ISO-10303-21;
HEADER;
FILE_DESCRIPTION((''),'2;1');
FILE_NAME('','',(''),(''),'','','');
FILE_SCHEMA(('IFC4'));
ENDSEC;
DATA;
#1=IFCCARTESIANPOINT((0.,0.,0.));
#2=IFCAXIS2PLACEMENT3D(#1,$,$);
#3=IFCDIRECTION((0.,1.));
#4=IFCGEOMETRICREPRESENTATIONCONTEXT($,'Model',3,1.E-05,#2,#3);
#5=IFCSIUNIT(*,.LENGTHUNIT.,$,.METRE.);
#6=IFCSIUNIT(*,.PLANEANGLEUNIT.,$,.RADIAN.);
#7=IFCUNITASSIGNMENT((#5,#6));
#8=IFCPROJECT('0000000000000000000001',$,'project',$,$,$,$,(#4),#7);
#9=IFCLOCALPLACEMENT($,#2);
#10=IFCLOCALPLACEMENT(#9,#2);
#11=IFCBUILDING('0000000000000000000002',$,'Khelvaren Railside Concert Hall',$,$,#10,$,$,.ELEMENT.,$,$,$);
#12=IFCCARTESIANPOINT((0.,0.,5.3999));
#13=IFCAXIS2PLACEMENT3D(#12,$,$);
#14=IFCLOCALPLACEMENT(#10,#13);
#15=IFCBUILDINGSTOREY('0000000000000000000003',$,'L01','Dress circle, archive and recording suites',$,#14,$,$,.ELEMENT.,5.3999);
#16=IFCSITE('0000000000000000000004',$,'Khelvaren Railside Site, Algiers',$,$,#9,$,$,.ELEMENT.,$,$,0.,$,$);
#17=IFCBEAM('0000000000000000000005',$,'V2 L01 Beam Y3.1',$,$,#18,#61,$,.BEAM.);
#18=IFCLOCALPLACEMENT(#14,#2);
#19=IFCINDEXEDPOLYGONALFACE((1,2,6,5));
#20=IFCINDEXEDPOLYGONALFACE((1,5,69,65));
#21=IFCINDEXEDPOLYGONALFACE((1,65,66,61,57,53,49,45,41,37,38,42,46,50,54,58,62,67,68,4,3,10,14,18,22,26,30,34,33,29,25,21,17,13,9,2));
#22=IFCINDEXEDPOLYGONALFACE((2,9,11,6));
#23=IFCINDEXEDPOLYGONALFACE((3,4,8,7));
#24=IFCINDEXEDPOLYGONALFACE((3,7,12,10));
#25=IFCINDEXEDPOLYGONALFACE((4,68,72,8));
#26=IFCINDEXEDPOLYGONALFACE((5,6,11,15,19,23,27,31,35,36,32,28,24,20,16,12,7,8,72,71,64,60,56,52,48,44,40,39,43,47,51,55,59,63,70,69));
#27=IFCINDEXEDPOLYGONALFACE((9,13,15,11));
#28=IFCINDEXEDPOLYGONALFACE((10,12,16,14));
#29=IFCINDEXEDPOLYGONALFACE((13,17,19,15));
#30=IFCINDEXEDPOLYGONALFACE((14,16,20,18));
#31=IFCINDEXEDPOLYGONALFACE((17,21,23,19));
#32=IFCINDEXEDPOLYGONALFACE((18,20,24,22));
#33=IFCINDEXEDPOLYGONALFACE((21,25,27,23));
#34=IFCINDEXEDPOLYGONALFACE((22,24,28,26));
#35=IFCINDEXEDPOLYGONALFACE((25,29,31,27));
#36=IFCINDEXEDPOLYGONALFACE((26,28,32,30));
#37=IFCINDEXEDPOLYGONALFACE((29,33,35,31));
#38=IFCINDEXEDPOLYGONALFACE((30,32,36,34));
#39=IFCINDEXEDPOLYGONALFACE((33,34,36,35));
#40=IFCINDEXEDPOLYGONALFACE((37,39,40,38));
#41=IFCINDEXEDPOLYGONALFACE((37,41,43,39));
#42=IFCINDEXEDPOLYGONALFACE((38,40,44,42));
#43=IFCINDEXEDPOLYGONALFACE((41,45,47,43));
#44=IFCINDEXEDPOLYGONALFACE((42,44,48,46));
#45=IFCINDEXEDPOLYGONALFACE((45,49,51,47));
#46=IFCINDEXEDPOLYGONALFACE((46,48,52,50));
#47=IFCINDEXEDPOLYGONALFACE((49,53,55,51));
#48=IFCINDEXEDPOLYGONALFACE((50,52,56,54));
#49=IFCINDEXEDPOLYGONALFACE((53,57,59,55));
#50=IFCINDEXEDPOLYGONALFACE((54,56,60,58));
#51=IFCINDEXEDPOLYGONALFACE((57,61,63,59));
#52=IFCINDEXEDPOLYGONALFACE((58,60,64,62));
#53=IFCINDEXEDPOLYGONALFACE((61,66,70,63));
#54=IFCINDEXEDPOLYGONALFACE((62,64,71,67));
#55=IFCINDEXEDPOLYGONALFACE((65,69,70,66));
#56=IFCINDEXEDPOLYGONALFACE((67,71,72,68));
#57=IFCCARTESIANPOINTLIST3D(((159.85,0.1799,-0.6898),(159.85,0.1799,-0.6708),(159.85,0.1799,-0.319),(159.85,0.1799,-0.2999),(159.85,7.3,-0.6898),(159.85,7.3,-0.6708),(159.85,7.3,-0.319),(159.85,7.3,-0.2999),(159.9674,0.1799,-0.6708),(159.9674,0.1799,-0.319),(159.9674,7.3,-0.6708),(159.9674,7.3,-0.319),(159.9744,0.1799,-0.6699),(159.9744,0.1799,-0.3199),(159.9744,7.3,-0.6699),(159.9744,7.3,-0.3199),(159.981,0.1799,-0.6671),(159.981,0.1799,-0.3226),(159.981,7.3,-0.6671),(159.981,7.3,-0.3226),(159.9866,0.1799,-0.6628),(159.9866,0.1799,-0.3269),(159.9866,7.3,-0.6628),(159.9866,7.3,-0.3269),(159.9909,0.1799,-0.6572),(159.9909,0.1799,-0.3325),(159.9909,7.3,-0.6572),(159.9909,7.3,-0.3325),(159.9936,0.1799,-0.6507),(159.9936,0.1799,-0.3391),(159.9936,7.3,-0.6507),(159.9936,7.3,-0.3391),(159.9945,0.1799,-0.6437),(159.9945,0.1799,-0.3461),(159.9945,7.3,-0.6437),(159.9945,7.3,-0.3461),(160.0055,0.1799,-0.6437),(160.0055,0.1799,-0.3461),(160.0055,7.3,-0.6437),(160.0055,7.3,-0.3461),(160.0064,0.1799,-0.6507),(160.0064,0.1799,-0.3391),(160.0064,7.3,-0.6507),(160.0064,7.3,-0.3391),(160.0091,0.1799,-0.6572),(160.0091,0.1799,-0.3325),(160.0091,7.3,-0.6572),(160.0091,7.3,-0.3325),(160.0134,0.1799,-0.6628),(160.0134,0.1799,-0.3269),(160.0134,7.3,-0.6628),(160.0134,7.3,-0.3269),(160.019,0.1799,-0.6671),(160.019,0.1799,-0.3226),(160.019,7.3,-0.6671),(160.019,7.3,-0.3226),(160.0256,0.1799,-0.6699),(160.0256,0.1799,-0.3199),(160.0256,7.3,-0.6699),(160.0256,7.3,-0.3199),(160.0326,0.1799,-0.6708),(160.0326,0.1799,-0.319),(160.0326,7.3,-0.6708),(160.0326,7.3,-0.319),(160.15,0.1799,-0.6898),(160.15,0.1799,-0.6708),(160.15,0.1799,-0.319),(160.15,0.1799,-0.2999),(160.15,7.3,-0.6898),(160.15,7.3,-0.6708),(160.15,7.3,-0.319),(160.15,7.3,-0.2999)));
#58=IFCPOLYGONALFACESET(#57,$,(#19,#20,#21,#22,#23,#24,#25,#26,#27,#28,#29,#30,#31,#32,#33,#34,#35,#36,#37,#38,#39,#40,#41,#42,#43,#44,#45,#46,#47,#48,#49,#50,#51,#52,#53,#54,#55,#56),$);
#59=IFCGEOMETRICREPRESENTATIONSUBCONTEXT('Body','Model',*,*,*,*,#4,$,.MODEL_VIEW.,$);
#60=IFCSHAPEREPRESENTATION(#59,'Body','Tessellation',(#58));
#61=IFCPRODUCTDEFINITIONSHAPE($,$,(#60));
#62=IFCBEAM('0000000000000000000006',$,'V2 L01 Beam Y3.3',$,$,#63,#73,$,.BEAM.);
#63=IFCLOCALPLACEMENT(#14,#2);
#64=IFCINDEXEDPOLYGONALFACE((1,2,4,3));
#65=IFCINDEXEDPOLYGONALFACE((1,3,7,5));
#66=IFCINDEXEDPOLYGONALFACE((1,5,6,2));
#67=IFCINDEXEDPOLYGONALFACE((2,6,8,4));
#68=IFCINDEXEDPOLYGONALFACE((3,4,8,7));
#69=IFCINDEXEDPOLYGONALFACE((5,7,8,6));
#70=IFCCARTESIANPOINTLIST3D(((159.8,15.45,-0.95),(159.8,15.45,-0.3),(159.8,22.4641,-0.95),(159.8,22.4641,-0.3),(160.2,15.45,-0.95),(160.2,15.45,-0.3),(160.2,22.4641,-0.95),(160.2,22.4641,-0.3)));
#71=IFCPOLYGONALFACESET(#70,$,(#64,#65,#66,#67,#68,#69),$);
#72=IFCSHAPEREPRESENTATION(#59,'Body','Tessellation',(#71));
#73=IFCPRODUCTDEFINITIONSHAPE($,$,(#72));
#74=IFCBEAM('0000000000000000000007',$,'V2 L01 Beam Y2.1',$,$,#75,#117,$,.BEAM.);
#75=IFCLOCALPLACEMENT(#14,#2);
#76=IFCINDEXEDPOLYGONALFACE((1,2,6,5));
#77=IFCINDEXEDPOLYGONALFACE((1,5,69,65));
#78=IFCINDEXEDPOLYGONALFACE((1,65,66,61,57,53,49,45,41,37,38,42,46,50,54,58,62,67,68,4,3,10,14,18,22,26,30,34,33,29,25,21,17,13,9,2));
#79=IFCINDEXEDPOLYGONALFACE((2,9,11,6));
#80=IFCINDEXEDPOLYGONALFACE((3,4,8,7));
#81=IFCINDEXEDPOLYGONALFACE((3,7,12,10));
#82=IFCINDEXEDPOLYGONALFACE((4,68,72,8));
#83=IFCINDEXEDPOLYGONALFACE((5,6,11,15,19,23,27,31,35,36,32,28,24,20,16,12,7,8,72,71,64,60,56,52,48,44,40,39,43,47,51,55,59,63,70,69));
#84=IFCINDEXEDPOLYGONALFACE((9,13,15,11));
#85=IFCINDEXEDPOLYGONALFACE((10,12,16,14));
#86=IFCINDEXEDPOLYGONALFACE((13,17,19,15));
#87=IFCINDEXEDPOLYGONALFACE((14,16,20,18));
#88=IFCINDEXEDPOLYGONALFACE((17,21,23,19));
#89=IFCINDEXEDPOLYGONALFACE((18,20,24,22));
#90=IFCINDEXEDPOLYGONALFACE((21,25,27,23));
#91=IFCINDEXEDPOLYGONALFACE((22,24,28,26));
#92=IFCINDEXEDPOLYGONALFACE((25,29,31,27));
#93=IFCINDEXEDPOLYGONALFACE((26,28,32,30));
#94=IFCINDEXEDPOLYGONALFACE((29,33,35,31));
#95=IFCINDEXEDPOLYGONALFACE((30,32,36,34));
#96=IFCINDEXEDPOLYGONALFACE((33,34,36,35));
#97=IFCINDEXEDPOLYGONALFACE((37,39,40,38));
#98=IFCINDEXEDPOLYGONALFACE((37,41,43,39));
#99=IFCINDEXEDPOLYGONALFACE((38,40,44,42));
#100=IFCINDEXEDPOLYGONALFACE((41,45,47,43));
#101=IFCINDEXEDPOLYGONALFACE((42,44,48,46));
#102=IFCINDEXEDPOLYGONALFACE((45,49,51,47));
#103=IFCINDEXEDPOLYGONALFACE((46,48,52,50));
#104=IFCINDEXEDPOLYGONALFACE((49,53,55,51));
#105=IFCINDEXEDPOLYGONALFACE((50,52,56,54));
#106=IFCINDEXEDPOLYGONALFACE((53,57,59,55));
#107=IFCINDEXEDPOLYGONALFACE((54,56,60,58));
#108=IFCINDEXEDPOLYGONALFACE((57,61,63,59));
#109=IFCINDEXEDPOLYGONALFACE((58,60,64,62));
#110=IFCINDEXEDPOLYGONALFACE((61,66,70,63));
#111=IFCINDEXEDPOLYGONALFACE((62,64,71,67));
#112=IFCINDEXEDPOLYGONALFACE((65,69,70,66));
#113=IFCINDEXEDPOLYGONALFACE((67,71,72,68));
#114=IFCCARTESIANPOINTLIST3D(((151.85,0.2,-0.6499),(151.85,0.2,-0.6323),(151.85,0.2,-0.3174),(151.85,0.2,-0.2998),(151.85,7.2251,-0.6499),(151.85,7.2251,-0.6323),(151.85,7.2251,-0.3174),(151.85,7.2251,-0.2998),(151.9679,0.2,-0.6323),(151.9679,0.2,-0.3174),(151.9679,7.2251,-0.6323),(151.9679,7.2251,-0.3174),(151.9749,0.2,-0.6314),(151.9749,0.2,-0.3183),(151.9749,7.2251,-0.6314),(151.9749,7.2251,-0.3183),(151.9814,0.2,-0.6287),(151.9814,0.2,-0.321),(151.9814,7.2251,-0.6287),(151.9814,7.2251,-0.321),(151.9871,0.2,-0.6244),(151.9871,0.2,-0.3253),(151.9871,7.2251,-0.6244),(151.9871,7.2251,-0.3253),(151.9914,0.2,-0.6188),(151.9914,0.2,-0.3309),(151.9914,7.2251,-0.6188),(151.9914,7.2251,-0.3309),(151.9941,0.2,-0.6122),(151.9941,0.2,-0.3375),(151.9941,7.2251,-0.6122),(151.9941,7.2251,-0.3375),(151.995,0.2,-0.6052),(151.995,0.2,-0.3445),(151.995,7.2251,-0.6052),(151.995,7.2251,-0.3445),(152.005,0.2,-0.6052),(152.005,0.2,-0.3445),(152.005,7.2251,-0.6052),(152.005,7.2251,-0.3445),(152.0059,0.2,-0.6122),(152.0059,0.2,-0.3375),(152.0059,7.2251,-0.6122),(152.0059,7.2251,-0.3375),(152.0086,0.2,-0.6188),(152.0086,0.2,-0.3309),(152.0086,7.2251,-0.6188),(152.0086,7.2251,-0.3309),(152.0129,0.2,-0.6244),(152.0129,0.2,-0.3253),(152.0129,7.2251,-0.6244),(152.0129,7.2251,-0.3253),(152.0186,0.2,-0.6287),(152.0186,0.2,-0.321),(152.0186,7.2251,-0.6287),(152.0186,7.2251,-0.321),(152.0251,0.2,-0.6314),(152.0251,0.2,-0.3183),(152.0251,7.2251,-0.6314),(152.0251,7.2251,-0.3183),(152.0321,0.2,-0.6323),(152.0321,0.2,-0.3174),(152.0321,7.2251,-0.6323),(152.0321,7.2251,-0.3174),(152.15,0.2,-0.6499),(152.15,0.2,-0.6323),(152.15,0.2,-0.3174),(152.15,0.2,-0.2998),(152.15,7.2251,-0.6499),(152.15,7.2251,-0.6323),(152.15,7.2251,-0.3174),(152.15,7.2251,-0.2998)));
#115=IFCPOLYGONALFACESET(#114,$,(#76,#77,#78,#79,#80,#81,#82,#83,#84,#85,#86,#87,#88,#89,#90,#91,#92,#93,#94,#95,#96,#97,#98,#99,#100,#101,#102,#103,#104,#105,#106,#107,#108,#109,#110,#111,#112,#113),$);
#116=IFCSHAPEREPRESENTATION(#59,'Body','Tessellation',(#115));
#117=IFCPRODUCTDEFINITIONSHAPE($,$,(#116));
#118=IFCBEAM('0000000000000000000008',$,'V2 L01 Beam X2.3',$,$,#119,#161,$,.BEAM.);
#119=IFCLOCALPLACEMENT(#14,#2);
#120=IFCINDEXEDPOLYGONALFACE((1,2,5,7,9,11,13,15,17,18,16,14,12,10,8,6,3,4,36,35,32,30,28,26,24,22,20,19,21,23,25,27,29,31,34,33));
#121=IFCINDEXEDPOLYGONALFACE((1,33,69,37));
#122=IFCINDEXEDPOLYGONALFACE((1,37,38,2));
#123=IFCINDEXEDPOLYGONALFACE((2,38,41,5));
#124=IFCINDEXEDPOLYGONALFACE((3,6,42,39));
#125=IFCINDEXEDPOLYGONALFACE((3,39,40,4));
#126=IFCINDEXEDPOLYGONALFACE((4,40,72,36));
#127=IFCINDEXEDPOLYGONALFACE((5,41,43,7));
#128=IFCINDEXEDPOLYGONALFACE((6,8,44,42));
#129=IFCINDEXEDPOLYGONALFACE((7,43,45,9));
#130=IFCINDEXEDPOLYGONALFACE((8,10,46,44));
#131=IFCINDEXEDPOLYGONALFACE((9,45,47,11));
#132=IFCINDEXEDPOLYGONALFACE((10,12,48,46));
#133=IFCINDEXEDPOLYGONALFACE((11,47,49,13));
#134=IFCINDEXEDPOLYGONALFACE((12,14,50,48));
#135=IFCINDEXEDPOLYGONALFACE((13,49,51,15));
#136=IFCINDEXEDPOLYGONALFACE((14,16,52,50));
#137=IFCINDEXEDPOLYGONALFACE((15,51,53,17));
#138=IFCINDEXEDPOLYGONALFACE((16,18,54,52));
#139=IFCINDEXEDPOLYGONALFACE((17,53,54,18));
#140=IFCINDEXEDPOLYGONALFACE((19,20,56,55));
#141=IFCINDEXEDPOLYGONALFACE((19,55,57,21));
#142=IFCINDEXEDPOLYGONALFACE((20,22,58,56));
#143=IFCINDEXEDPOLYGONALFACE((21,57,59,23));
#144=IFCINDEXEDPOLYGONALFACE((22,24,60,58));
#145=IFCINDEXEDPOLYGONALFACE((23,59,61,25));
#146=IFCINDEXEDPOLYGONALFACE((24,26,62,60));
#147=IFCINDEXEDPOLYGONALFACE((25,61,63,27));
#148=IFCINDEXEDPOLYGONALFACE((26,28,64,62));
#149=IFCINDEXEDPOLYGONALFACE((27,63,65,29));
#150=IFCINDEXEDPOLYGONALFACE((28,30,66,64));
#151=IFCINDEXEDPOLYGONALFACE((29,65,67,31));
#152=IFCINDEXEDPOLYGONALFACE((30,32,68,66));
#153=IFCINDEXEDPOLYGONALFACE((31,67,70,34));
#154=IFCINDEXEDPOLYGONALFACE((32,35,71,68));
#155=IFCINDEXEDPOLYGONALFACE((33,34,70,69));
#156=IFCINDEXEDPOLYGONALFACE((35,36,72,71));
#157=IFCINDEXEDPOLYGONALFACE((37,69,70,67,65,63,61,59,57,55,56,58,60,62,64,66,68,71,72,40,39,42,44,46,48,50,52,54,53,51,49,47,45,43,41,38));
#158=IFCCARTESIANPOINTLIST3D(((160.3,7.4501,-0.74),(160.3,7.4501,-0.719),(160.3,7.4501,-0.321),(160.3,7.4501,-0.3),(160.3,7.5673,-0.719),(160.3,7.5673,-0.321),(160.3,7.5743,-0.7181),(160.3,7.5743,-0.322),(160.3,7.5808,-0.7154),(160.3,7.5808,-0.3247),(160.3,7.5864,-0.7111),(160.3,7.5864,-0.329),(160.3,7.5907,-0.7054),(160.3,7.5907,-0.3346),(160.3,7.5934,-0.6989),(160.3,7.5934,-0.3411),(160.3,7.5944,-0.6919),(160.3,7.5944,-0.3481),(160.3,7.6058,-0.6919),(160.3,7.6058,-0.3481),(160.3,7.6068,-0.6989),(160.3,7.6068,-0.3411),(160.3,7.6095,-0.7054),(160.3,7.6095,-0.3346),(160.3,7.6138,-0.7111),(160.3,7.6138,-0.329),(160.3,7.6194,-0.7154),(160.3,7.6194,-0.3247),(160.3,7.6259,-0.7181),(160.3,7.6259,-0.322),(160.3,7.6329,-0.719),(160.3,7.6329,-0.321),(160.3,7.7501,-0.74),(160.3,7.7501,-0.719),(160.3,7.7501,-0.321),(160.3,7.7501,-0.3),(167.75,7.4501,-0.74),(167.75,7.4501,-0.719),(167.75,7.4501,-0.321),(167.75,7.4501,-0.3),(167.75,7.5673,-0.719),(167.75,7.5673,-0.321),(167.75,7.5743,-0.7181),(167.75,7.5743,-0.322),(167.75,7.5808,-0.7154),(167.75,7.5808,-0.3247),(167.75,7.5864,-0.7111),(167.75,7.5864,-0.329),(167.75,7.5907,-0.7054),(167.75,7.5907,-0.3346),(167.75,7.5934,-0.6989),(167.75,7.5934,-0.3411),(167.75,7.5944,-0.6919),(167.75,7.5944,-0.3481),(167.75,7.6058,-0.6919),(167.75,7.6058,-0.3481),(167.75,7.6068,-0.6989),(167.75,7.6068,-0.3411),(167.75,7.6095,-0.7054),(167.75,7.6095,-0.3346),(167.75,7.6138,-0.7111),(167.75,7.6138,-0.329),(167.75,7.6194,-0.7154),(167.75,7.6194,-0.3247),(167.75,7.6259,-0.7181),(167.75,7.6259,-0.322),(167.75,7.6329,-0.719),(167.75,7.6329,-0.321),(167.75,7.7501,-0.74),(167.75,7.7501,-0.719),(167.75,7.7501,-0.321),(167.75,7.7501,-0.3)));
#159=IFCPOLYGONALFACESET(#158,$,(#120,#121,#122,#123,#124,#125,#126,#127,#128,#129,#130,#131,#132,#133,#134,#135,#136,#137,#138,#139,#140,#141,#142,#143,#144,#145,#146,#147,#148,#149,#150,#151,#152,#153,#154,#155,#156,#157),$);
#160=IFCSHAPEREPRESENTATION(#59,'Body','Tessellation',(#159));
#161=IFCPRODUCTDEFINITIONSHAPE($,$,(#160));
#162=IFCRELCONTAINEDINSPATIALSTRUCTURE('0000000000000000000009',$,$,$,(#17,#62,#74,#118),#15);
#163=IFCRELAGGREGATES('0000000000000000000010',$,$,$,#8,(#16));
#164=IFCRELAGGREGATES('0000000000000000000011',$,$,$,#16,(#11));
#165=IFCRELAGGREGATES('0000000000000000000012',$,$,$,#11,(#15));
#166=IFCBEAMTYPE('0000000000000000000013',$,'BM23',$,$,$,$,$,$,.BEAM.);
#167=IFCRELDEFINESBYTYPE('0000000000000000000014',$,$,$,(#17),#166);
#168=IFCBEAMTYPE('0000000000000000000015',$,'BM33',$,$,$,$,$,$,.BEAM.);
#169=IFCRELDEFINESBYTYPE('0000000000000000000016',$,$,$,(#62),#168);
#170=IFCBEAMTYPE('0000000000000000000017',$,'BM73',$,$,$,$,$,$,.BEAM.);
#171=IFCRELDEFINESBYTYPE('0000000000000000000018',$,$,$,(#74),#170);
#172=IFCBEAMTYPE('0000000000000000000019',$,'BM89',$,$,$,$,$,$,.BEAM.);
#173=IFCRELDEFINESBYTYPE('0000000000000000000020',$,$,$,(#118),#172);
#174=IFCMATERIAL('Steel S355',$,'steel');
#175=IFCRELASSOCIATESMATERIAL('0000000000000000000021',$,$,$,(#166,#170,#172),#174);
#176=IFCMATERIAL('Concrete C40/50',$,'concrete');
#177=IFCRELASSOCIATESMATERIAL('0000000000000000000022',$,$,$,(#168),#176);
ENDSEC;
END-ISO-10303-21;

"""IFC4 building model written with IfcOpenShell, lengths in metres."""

from ifc_helpers import new_model, si_unit, direction, frame, origin, origin_2d, place, context, subcontext, project, spatial, rectangle, i_section, extrude, material, material_profile, profile_set, type_object, element, save


model = new_model("IFC4")

# Units and contexts
model_context = context("Model", 3, precision=1e-05, world=origin(), true_north=direction((0.0, 1.0)))
body_context = subcontext(model_context, "Body", "Model", "MODEL_VIEW")
ifc_project = project(units=[si_unit("LENGTHUNIT", "METRE"), si_unit("PLANEANGLEUNIT", "RADIAN")], contexts=[model_context])

# Site, building, storey
site_placement = place(None, origin())
site = spatial("IfcSite", under=ifc_project, at=site_placement, Name="Khelvaren Railside Site, Algiers", CompositionType="ELEMENT", RefElevation=0.0)
building_placement = place(site_placement, origin())
building = spatial("IfcBuilding", under=site, at=building_placement, Name="Khelvaren Railside Concert Hall", CompositionType="ELEMENT")
storey_placement = place(building_placement, frame((0.0, 0.0, 5.3999)))
storey = spatial("IfcBuildingStorey", under=building, at=storey_placement, Name="L01", Description="Dress circle, archive and recording suites", CompositionType="ELEMENT", Elevation=5.3999)

# Beams
ifc_material_1 = material(Name="Steel S355", Category="steel")
ifc_material_profile_1 = material_profile(ifc_material_1, i_section(OverallWidth=0.3, OverallDepth=0.3899, WebThickness=0.011, FlangeThickness=0.019, FilletRadius=0.0271, at=origin_2d()), Name="HEA 400")
ifc_profile_set_1 = profile_set([ifc_material_profile_1], Name="Steel S355")
beam_type_1 = type_object("IfcBeamType", Name="BM23", PredefinedType="BEAM", material=ifc_profile_set_1)
beam_1_placement = place(storey_placement, frame((160.0, 0.1799, -0.4949), z_axis=(0.0, 1.0, 0.0), x_axis=(-1.0, 0.0, 0.0)))
element("IfcBeam", 1, at=beam_1_placement, inside=storey, type_object=beam_type_1, Name="V2 L01 Beam Y3.1", PredefinedType="BEAM", context=body_context, shape_type="SweptSolid", body=[
    extrude(i_section(OverallWidth=0.3, OverallDepth=0.3899, WebThickness=0.011, FlangeThickness=0.019, FilletRadius=0.0271, at=origin_2d()), origin(), (0.0, 0.0, 1.0), 7.1201),
])
ifc_material_2 = material(Name="Concrete C40/50", Category="concrete")
ifc_material_profile_2 = material_profile(ifc_material_2, rectangle(XDim=0.3999, YDim=0.6499, at=origin_2d()), Name="RCB 400x650")
ifc_profile_set_2 = profile_set([ifc_material_profile_2], Name="Concrete C40/50")
beam_type_2 = type_object("IfcBeamType", Name="BM33", PredefinedType="BEAM", material=ifc_profile_set_2)
beam_2_placement = place(storey_placement, frame((160.0, 15.45, -0.625), z_axis=(0.0, 1.0, 0.0), x_axis=(-1.0, 0.0, 0.0)))
element("IfcBeam", 2, at=beam_2_placement, inside=storey, type_object=beam_type_2, Name="V2 L01 Beam Y3.3", PredefinedType="BEAM", context=body_context, shape_type="SweptSolid", body=[
    extrude(rectangle(XDim=0.3999, YDim=0.6499, at=origin_2d()), origin(), (0.0, 0.0, 1.0), 7.0142),
])
ifc_material_profile_3 = material_profile(ifc_material_1, i_section(OverallWidth=0.3, OverallDepth=0.3501, WebThickness=0.01, FlangeThickness=0.0176, FilletRadius=0.0271, at=origin_2d()), Name="HEA 360")
ifc_profile_set_3 = profile_set([ifc_material_profile_3], Name="Steel S355")
beam_type_3 = type_object("IfcBeamType", Name="BM73", PredefinedType="BEAM", material=ifc_profile_set_3)
beam_3_placement = place(storey_placement, frame((152.0, 0.2, -0.4749), z_axis=(0.0, 1.0, 0.0), x_axis=(-1.0, 0.0, 0.0)))
element("IfcBeam", 3, at=beam_3_placement, inside=storey, type_object=beam_type_3, Name="V2 L01 Beam Y2.1", PredefinedType="BEAM", context=body_context, shape_type="SweptSolid", body=[
    extrude(i_section(OverallWidth=0.3, OverallDepth=0.3501, WebThickness=0.01, FlangeThickness=0.0176, FilletRadius=0.0271, at=origin_2d()), origin(), (0.0, 0.0, 1.0), 7.0251),
])
ifc_material_profile_4 = material_profile(ifc_material_1, i_section(OverallWidth=0.3, OverallDepth=0.4399, WebThickness=0.0115, FlangeThickness=0.021, FilletRadius=0.0271, at=origin_2d()), Name="HEA 450")
ifc_profile_set_4 = profile_set([ifc_material_profile_4], Name="Steel S355")
beam_type_4 = type_object("IfcBeamType", Name="BM89", PredefinedType="BEAM", material=ifc_profile_set_4)
for number, where, z_axis, x_axis, name in (
    (4, (160.3, 7.6001, -0.52), (1.0, 0.0, 0.0), (0.0, 1.0, 0.0), "V2 L01 Beam X2.3"),
):
    element("IfcBeam", number, at=place(storey_placement, frame(where, z_axis=z_axis, x_axis=x_axis)), inside=storey, type_object=beam_type_4, Name=name, PredefinedType="BEAM", context=body_context, shape_type="SweptSolid", body=[
        extrude(i_section(OverallWidth=0.3, OverallDepth=0.4399, WebThickness=0.0115, FlangeThickness=0.021, FilletRadius=0.0271, at=origin_2d()), origin(), (0.0, 0.0, 1.0), 7.45),
    ])

save(model, "model.ifc")
